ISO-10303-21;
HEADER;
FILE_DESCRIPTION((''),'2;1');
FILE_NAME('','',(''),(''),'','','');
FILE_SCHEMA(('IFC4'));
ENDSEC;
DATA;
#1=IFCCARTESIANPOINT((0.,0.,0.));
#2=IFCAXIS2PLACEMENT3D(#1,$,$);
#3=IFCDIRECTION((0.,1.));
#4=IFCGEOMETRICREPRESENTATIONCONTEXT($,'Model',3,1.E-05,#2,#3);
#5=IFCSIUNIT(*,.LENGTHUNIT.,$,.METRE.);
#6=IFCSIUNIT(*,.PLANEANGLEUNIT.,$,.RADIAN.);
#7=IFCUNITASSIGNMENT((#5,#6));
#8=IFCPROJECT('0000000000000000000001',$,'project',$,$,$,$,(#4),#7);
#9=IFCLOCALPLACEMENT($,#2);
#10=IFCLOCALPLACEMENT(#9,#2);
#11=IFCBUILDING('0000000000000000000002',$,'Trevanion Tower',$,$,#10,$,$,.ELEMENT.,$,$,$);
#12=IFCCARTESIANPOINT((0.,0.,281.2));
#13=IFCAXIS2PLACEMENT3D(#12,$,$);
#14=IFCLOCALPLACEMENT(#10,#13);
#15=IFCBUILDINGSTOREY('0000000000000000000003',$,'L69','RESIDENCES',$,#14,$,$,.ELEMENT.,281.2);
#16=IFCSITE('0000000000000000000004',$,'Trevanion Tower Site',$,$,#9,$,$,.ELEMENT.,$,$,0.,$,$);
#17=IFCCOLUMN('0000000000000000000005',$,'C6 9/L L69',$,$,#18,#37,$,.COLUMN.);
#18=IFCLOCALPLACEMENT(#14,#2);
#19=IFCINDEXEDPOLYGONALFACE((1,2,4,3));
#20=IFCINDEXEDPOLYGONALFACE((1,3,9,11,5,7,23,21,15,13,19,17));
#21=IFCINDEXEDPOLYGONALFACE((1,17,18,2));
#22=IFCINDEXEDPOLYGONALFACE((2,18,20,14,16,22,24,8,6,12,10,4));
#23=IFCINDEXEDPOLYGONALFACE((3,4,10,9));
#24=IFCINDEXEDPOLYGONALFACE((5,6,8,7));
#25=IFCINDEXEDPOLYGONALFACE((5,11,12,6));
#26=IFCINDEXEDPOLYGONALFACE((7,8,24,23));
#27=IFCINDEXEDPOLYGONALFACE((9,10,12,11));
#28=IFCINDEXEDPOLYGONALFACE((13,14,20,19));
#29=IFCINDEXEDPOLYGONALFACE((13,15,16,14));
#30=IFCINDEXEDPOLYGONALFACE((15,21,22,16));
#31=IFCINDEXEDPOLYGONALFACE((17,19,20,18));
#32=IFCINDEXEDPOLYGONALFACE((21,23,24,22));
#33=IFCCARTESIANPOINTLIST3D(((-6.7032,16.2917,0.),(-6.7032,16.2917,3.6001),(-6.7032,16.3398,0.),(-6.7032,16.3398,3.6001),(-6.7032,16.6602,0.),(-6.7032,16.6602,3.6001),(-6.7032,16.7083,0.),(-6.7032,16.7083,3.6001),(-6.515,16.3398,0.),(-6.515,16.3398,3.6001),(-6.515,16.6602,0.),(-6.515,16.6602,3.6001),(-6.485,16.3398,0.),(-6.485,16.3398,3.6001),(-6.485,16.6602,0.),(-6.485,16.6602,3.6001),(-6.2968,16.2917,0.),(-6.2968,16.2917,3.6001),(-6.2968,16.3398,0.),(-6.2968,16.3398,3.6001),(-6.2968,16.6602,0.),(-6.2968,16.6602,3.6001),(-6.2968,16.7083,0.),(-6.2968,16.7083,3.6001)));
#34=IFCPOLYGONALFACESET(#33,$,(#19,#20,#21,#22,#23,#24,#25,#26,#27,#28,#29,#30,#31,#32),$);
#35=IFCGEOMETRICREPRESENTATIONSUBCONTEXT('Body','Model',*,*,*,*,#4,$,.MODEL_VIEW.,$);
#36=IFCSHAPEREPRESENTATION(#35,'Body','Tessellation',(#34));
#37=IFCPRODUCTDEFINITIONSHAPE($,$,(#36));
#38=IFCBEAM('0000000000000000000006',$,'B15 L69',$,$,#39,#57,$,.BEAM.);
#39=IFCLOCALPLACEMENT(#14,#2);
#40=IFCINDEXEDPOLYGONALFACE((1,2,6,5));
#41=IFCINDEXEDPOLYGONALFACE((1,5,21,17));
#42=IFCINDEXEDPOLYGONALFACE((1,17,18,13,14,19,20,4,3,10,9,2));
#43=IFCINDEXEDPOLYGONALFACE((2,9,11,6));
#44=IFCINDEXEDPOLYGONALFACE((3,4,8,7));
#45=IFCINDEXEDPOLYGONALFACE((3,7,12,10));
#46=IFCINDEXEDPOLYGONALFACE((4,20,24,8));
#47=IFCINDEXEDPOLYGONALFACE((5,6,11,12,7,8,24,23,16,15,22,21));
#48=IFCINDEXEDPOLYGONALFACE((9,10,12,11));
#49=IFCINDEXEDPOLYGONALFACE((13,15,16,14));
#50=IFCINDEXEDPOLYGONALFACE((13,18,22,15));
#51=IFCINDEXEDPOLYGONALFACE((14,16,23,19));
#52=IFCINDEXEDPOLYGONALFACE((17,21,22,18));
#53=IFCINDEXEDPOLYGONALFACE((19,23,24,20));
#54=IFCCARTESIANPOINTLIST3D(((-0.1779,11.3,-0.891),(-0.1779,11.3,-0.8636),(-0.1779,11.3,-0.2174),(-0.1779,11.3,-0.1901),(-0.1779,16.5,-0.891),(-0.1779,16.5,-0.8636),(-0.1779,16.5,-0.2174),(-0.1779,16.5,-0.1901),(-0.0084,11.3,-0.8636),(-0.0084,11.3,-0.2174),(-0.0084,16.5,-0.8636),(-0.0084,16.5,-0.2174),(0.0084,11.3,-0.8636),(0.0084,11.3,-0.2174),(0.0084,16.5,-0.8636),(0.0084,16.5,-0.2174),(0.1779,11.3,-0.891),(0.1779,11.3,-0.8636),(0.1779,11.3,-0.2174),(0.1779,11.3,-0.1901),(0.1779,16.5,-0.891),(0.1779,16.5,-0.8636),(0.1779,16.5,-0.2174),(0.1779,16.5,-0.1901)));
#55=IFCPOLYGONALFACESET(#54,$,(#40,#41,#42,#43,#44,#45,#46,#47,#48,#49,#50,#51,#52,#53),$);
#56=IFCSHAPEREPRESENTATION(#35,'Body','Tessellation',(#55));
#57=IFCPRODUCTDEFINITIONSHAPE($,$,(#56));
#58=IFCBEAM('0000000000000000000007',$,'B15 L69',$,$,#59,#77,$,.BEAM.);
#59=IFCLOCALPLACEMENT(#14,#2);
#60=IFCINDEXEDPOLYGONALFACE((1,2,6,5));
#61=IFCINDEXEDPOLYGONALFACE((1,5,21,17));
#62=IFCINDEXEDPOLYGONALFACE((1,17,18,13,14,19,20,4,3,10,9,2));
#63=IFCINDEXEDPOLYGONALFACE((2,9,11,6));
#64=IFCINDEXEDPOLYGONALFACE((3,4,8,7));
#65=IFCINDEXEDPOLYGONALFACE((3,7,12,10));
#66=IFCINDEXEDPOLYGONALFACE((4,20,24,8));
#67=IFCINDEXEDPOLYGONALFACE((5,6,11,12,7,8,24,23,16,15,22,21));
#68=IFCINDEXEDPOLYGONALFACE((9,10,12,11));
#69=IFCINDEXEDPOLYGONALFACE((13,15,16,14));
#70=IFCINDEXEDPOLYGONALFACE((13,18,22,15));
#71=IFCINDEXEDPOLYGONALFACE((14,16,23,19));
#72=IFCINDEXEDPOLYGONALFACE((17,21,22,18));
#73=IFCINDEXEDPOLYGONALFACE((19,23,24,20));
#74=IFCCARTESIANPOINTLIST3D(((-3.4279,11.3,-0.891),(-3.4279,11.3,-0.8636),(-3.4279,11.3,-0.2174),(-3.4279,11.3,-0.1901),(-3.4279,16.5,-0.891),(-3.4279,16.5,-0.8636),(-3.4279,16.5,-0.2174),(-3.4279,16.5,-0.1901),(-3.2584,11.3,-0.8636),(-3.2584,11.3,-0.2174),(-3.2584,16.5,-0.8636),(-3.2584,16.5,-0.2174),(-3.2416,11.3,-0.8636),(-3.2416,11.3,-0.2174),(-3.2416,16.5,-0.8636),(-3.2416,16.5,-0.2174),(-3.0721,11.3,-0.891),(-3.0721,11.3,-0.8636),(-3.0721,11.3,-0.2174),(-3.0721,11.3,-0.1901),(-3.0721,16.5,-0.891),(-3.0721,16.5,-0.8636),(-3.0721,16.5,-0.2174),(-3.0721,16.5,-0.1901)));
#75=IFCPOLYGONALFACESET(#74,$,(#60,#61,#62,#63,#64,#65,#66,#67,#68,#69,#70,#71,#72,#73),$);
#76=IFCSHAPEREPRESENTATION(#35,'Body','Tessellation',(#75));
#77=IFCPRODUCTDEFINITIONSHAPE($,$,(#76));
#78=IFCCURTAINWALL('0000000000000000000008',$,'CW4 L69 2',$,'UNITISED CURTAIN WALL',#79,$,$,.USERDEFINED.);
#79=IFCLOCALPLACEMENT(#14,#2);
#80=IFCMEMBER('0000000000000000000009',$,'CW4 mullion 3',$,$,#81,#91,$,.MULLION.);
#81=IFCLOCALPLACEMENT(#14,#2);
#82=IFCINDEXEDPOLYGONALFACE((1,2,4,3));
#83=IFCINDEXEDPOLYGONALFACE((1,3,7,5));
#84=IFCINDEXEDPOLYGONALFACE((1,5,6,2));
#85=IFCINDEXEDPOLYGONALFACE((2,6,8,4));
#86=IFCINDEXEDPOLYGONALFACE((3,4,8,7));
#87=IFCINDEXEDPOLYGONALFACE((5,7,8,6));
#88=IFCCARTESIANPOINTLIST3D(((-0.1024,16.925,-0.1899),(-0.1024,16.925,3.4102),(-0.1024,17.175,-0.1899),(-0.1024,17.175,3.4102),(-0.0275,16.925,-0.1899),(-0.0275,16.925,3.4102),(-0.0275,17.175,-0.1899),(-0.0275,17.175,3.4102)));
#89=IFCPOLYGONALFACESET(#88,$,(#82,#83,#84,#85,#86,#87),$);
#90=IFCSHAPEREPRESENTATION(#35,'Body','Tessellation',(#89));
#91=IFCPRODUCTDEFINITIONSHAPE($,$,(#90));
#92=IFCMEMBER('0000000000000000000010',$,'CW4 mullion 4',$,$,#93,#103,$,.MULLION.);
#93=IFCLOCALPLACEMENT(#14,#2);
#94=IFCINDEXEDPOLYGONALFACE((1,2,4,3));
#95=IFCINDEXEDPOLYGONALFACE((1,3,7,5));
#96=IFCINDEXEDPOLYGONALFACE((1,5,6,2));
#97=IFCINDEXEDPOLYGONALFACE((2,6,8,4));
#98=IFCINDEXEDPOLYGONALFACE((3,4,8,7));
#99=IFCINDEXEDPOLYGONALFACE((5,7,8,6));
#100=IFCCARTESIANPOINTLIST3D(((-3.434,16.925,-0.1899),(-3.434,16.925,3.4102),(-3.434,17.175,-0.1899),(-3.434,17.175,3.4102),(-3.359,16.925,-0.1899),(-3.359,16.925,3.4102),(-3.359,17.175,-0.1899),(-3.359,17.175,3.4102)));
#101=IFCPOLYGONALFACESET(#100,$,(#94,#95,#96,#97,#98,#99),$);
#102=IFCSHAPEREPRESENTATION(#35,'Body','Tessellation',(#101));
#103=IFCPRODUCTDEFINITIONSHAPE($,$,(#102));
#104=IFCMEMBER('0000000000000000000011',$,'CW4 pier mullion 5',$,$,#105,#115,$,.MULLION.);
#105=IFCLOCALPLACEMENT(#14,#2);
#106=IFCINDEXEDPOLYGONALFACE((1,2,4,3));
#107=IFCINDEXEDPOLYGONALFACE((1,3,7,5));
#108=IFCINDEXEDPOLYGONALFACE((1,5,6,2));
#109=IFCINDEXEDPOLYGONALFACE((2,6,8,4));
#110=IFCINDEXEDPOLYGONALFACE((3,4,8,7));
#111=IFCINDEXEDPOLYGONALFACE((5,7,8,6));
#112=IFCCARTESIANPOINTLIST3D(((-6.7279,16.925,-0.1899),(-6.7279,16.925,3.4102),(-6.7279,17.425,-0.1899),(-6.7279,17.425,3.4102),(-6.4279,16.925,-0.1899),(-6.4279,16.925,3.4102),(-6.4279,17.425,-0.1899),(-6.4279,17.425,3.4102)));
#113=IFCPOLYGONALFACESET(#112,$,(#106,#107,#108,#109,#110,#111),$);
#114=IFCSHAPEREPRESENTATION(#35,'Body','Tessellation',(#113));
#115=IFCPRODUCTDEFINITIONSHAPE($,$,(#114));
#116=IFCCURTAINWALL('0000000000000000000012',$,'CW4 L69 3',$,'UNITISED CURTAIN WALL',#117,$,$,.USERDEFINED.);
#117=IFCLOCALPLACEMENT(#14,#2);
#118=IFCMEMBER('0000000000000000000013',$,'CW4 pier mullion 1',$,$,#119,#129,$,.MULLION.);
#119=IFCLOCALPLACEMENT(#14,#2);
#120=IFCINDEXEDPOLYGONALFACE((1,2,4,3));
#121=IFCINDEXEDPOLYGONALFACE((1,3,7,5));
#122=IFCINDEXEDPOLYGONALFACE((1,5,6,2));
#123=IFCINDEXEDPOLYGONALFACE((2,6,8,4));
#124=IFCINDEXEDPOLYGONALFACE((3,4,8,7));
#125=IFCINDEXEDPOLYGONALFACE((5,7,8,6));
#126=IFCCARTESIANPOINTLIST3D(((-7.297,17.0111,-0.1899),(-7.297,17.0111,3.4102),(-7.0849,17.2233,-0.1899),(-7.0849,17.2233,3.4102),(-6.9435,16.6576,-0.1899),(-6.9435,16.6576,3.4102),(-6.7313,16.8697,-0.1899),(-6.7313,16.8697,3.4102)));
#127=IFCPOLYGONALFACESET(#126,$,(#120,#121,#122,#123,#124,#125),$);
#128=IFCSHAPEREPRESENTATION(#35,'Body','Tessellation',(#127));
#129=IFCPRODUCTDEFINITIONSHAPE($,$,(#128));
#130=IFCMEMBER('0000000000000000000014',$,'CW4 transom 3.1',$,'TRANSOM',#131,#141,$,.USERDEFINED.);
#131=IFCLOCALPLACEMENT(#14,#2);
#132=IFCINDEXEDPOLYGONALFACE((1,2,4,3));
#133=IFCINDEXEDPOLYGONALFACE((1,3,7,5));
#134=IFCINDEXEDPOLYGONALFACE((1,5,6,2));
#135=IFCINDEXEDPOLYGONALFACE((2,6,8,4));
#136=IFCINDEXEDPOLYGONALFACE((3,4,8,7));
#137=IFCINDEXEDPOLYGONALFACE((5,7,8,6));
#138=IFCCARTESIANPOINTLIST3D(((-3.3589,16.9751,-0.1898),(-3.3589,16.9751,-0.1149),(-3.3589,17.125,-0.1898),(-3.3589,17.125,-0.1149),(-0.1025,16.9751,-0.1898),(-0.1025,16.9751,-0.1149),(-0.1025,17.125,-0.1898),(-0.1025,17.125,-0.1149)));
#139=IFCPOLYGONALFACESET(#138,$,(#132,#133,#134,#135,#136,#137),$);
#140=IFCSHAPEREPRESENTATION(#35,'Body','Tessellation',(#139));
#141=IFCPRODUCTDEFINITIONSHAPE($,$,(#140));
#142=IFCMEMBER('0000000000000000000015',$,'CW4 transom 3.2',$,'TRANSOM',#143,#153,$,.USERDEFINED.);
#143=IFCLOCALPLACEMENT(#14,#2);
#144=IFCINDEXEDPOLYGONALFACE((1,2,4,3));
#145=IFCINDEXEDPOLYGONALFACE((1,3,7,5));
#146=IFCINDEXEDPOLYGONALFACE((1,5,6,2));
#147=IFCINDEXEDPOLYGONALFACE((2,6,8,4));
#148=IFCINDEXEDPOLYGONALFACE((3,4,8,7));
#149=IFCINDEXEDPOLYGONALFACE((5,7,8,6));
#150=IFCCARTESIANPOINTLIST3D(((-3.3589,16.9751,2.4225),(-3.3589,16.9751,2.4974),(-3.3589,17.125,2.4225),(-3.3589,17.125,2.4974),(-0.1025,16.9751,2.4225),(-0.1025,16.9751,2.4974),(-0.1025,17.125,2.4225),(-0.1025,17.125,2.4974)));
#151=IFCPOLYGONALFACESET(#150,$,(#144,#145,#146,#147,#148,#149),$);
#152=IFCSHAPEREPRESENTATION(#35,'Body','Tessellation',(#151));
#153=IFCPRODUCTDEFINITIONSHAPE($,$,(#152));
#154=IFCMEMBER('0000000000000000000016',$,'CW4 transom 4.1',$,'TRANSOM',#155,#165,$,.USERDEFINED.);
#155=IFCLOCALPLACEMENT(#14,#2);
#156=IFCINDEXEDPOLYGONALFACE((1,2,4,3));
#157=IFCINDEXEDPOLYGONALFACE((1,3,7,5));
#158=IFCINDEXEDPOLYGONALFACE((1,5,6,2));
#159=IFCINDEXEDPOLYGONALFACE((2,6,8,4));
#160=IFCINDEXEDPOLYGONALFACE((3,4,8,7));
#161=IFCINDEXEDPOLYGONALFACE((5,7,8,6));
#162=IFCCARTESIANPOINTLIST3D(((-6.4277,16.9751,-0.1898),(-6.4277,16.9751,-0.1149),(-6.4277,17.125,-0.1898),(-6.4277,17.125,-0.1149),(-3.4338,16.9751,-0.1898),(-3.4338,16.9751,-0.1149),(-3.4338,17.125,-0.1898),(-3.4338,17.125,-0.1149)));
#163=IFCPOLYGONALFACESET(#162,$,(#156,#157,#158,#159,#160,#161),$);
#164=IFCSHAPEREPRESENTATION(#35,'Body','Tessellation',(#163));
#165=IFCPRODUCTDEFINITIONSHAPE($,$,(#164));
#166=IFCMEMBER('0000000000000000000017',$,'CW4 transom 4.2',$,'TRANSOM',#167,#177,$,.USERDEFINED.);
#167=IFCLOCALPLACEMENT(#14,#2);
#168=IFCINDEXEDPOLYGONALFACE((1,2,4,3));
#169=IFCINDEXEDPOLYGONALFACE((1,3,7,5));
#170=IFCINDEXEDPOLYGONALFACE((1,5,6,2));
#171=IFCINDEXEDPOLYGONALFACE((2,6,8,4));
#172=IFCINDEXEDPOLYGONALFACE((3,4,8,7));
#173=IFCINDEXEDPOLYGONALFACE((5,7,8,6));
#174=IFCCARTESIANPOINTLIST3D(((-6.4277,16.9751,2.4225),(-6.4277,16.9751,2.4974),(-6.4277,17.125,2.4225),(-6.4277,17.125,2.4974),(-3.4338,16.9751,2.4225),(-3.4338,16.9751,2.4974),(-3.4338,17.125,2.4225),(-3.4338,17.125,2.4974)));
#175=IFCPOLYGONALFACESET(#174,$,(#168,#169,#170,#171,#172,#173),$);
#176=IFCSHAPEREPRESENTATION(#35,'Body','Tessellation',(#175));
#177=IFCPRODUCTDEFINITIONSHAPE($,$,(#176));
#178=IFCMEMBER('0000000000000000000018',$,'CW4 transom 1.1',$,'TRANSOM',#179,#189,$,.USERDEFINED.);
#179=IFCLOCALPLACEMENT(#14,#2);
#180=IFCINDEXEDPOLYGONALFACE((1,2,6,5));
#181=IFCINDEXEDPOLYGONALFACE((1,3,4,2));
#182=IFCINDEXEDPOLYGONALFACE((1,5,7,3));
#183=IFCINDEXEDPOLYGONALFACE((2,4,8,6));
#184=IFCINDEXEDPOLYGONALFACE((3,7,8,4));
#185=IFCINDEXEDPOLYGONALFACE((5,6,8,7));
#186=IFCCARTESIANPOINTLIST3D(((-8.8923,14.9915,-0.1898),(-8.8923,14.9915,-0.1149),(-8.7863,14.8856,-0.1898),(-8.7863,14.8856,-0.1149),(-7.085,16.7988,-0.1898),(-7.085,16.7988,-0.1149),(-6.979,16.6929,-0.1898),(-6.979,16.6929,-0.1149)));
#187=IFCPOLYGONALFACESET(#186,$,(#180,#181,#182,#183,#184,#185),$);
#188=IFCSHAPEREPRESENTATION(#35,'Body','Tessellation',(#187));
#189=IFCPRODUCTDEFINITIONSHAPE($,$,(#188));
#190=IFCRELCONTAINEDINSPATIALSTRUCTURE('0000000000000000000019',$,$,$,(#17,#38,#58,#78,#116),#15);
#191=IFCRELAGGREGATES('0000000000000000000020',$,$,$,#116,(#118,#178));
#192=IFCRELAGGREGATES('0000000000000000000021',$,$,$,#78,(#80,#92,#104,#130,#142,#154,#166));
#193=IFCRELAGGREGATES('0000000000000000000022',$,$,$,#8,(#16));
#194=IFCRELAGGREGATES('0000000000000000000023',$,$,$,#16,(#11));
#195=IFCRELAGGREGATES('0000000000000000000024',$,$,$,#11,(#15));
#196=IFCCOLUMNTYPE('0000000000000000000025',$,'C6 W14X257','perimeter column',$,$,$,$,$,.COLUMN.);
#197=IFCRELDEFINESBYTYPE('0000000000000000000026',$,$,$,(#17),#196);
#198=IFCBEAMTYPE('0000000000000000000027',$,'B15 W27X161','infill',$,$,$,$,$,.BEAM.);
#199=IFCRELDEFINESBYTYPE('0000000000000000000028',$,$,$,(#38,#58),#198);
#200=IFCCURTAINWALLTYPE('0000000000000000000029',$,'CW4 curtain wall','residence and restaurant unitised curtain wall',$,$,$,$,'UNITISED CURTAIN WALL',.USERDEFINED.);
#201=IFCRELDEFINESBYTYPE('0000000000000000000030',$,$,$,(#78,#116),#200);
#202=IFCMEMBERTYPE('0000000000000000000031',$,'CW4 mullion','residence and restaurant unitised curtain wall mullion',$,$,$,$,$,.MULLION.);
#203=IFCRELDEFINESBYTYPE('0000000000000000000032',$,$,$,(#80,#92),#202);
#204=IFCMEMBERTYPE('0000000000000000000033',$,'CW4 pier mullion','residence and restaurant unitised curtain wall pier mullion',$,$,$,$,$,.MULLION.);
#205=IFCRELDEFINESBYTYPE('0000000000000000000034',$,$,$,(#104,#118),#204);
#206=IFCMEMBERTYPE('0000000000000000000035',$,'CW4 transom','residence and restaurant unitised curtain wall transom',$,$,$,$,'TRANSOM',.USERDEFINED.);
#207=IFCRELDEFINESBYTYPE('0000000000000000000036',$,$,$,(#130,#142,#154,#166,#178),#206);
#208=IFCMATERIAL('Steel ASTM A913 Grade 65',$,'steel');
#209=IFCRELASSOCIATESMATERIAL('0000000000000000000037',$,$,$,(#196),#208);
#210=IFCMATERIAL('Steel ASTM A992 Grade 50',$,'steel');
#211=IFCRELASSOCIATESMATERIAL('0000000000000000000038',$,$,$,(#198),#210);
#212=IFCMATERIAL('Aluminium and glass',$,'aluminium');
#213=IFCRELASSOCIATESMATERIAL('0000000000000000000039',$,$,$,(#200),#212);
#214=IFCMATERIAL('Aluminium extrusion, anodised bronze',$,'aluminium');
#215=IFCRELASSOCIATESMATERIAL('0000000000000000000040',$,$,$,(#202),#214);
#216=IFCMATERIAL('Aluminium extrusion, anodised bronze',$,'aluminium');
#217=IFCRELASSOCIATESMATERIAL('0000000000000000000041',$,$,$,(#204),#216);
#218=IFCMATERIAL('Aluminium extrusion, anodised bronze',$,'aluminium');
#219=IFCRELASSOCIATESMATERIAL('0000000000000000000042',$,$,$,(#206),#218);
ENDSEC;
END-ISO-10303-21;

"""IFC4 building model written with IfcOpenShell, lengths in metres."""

from ifc_helpers import new_model, si_unit, direction, frame, origin, origin_2d, place, context, subcontext, project, spatial, rectangle, i_section, extrude, material, material_profile, profile_set, type_object, element, aggregate, save


model = new_model("IFC4")

# Units and contexts
model_context = context("Model", 3, precision=1e-05, world=origin(), true_north=direction((0.0, 1.0)))
body_context = subcontext(model_context, "Body", "Model", "MODEL_VIEW")
ifc_project = project(units=[si_unit("LENGTHUNIT", "METRE"), si_unit("PLANEANGLEUNIT", "RADIAN")], contexts=[model_context])

# Site, building, storey
site_placement = place(None, origin())
site = spatial("IfcSite", under=ifc_project, at=site_placement, Name="Trevanion Tower Site", CompositionType="ELEMENT", RefElevation=0.0)
building_placement = place(site_placement, origin())
building = spatial("IfcBuilding", under=site, at=building_placement, Name="Trevanion Tower", CompositionType="ELEMENT")
storey_placement = place(building_placement, frame((0.0, 0.0, 281.2)))
storey = spatial("IfcBuildingStorey", under=building, at=storey_placement, Name="L69", Description="RESIDENCES", CompositionType="ELEMENT", Elevation=281.2)

# Column
ifc_material_1 = material(Name="Steel ASTM A913 Grade 65", Category="steel")
ifc_material_profile_1 = material_profile(ifc_material_1, i_section(OverallWidth=0.4065, OverallDepth=0.4165, WebThickness=0.03, FlangeThickness=0.0481, at=origin_2d()), Name="W14X257")
ifc_profile_set_1 = profile_set([ifc_material_profile_1], Name="Steel ASTM A913 Grade 65")
column_type = type_object("IfcColumnType", Name="C6 W14X257", Description="perimeter column", PredefinedType="COLUMN", material=ifc_profile_set_1)
column_placement = place(storey_placement, frame((-6.5, 16.5, 0.0), z_axis=(0.0, 0.0, 1.0), x_axis=(1.0, 0.0, 0.0)))
element("IfcColumn", 1, at=column_placement, inside=storey, type_object=column_type, Name="C6 9/L L69", PredefinedType="COLUMN", context=body_context, shape_type="SweptSolid", body=[
    extrude(i_section(OverallWidth=0.4065, OverallDepth=0.4165, WebThickness=0.03, FlangeThickness=0.0481, at=origin_2d()), origin(), (0.0, 0.0, 1.0), 3.6001),
])

# Beams
ifc_material_2 = material(Name="Steel ASTM A992 Grade 50", Category="steel")
ifc_material_profile_2 = material_profile(ifc_material_2, i_section(OverallWidth=0.3557, OverallDepth=0.7009, WebThickness=0.0168, FlangeThickness=0.0273, at=origin_2d()), Name="W27X161")
ifc_profile_set_2 = profile_set([ifc_material_profile_2], Name="Steel ASTM A992 Grade 50")
beam_type_1 = type_object("IfcBeamType", Name="B15 W27X161", Description="infill", PredefinedType="BEAM", material=ifc_profile_set_2)
for number, where, z_axis, x_axis, name in (
    (2, (0.0, 11.3, -0.5405), (0.0, 1.0, 0.0), (-1.0, 0.0, 0.0), "B15 L69"),
    (3, (-3.25, 11.3, -0.5405), (0.0, 1.0, 0.0), (-1.0, 0.0, 0.0), "B15 L69"),
):
    element("IfcBeam", number, at=place(storey_placement, frame(where, z_axis=z_axis, x_axis=x_axis)), inside=storey, type_object=beam_type_1, Name=name, PredefinedType="BEAM", context=body_context, shape_type="SweptSolid", body=[
        extrude(i_section(OverallWidth=0.3557, OverallDepth=0.7009, WebThickness=0.0168, FlangeThickness=0.0273, at=origin_2d()), origin(), (0.0, 0.0, 1.0), 5.2),
    ])

# Curtain wall, members
ifc_material_3 = material(Name="Aluminium and glass", Category="aluminium")
curtain_wall_type = type_object("IfcCurtainWallType", Name="CW4 curtain wall", Description="residence and restaurant unitised curtain wall", ElementType="UNITISED CURTAIN WALL", PredefinedType="USERDEFINED", material=ifc_material_3)
curtain_wall_1_placement = place(storey_placement, origin())
curtain_wall_1 = element("IfcCurtainWall", 4, at=curtain_wall_1_placement, inside=storey, type_object=curtain_wall_type, Name="CW4 L69 2", ObjectType="UNITISED CURTAIN WALL", PredefinedType="USERDEFINED")
ifc_material_4 = material(Name="Aluminium extrusion, anodised bronze", Category="aluminium")
ifc_material_profile_3 = material_profile(ifc_material_4, rectangle(XDim=0.075, YDim=0.25, at=origin_2d()), Name="CW4 mullion")
ifc_profile_set_3 = profile_set([ifc_material_profile_3], Name="Aluminium extrusion, anodised bronze")
member_type_1 = type_object("IfcMemberType", Name="CW4 mullion", Description="residence and restaurant unitised curtain wall mullion", PredefinedType="MULLION", material=ifc_profile_set_3)
member_1_placement = place(storey_placement, frame((-0.0649, 17.05, -0.1899), z_axis=(0.0, 0.0, 1.0), x_axis=(-1.0, 0.0, 0.0)))
member_1 = element("IfcMember", 5, at=member_1_placement, type_object=member_type_1, Name="CW4 mullion 3", PredefinedType="MULLION", context=body_context, shape_type="SweptSolid", body=[
    extrude(rectangle(XDim=0.075, YDim=0.25, at=origin_2d()), origin(), (0.0, 0.0, 1.0), 3.6001),
])
member_2_placement = place(storey_placement, frame((-3.3965, 17.05, -0.1899), z_axis=(0.0, 0.0, 1.0), x_axis=(-1.0, 0.0, 0.0)))
member_2 = element("IfcMember", 6, at=member_2_placement, type_object=member_type_1, Name="CW4 mullion 4", PredefinedType="MULLION", context=body_context, shape_type="SweptSolid", body=[
    extrude(rectangle(XDim=0.075, YDim=0.25, at=origin_2d()), origin(), (0.0, 0.0, 1.0), 3.6001),
])
ifc_material_5 = material(Name="Aluminium extrusion, anodised bronze", Category="aluminium")
ifc_material_profile_4 = material_profile(ifc_material_5, rectangle(XDim=0.3, YDim=0.5, at=origin_2d()), Name="CW4 pier mullion")
ifc_profile_set_4 = profile_set([ifc_material_profile_4], Name="Aluminium extrusion, anodised bronze")
member_type_2 = type_object("IfcMemberType", Name="CW4 pier mullion", Description="residence and restaurant unitised curtain wall pier mullion", PredefinedType="MULLION", material=ifc_profile_set_4)
member_3_placement = place(storey_placement, frame((-6.5779, 17.175, -0.1899), z_axis=(0.0, 0.0, 1.0), x_axis=(-1.0, 0.0, 0.0)))
member_3 = element("IfcMember", 7, at=member_3_placement, type_object=member_type_2, Name="CW4 pier mullion 5", PredefinedType="MULLION", context=body_context, shape_type="SweptSolid", body=[
    extrude(rectangle(XDim=0.3, YDim=0.5, at=origin_2d()), origin(), (0.0, 0.0, 1.0), 3.6001),
])

# Curtain wall, member
curtain_wall_2_placement = place(storey_placement, origin())
curtain_wall_2 = element("IfcCurtainWall", 8, at=curtain_wall_2_placement, inside=storey, type_object=curtain_wall_type, Name="CW4 L69 3", ObjectType="UNITISED CURTAIN WALL", PredefinedType="USERDEFINED")
member_4_placement = place(storey_placement, frame((-7.0142, 16.9404, -0.1899), z_axis=(0.0, 0.0, 1.0), x_axis=(-0.707107, -0.707107, 0.0)))
member_4 = element("IfcMember", 9, at=member_4_placement, type_object=member_type_2, Name="CW4 pier mullion 1", PredefinedType="MULLION", context=body_context, shape_type="SweptSolid", body=[
    extrude(rectangle(XDim=0.3, YDim=0.5, at=origin_2d()), origin(), (0.0, 0.0, 1.0), 3.6001),
])

# Members
ifc_material_6 = material(Name="Aluminium extrusion, anodised bronze", Category="aluminium")
ifc_material_profile_5 = material_profile(ifc_material_6, rectangle(XDim=0.1499, YDim=0.075, at=origin_2d()), Name="CW4 transom")
ifc_profile_set_5 = profile_set([ifc_material_profile_5], Name="Aluminium extrusion, anodised bronze")
member_type_3 = type_object("IfcMemberType", Name="CW4 transom", Description="residence and restaurant unitised curtain wall transom", ElementType="TRANSOM", PredefinedType="USERDEFINED", material=ifc_profile_set_5)
member_5_placement = place(storey_placement, frame((-0.1025, 17.05, -0.1523), z_axis=(-1.0, 0.0, 0.0), x_axis=(0.0, -1.0, 0.0)))
member_5 = element("IfcMember", 10, at=member_5_placement, type_object=member_type_3, Name="CW4 transom 3.1", ObjectType="TRANSOM", PredefinedType="USERDEFINED", context=body_context, shape_type="SweptSolid", body=[
    extrude(rectangle(XDim=0.1499, YDim=0.075, at=origin_2d()), origin(), (0.0, 0.0, 1.0), 3.2563),
])
member_6_placement = place(storey_placement, frame((-0.1025, 17.05, 2.46), z_axis=(-1.0, 0.0, 0.0), x_axis=(0.0, -1.0, 0.0)))
member_6 = element("IfcMember", 11, at=member_6_placement, type_object=member_type_3, Name="CW4 transom 3.2", ObjectType="TRANSOM", PredefinedType="USERDEFINED", context=body_context, shape_type="SweptSolid", body=[
    extrude(rectangle(XDim=0.1499, YDim=0.075, at=origin_2d()), origin(), (0.0, 0.0, 1.0), 3.2563),
])
member_7_placement = place(storey_placement, frame((-3.4338, 17.05, -0.1523), z_axis=(-1.0, 0.0, 0.0), x_axis=(0.0, -1.0, 0.0)))
member_7 = element("IfcMember", 12, at=member_7_placement, type_object=member_type_3, Name="CW4 transom 4.1", ObjectType="TRANSOM", PredefinedType="USERDEFINED", context=body_context, shape_type="SweptSolid", body=[
    extrude(rectangle(XDim=0.1499, YDim=0.075, at=origin_2d()), origin(), (0.0, 0.0, 1.0), 2.9939),
])
member_8_placement = place(storey_placement, frame((-3.4338, 17.05, 2.46), z_axis=(-1.0, 0.0, 0.0), x_axis=(0.0, -1.0, 0.0)))
member_8 = element("IfcMember", 13, at=member_8_placement, type_object=member_type_3, Name="CW4 transom 4.2", ObjectType="TRANSOM", PredefinedType="USERDEFINED", context=body_context, shape_type="SweptSolid", body=[
    extrude(rectangle(XDim=0.1499, YDim=0.075, at=origin_2d()), origin(), (0.0, 0.0, 1.0), 2.9939),
])
member_9_placement = place(storey_placement, frame((-7.032, 16.7458, -0.1523), z_axis=(-0.707107, -0.707107, 0.0), x_axis=(0.707107, -0.707107, 0.0)))
member_9 = element("IfcMember", 14, at=member_9_placement, type_object=member_type_3, Name="CW4 transom 1.1", ObjectType="TRANSOM", PredefinedType="USERDEFINED", context=body_context, shape_type="SweptSolid", body=[
    extrude(rectangle(XDim=0.1499, YDim=0.075, at=origin_2d()), origin(), (0.0, 0.0, 1.0), 2.5559),
])
aggregate(curtain_wall_2, [member_4, member_9])

aggregate(curtain_wall_1, [member_1, member_2, member_3, member_5, member_6, member_7, member_8])

save(model, "model.ifc")
